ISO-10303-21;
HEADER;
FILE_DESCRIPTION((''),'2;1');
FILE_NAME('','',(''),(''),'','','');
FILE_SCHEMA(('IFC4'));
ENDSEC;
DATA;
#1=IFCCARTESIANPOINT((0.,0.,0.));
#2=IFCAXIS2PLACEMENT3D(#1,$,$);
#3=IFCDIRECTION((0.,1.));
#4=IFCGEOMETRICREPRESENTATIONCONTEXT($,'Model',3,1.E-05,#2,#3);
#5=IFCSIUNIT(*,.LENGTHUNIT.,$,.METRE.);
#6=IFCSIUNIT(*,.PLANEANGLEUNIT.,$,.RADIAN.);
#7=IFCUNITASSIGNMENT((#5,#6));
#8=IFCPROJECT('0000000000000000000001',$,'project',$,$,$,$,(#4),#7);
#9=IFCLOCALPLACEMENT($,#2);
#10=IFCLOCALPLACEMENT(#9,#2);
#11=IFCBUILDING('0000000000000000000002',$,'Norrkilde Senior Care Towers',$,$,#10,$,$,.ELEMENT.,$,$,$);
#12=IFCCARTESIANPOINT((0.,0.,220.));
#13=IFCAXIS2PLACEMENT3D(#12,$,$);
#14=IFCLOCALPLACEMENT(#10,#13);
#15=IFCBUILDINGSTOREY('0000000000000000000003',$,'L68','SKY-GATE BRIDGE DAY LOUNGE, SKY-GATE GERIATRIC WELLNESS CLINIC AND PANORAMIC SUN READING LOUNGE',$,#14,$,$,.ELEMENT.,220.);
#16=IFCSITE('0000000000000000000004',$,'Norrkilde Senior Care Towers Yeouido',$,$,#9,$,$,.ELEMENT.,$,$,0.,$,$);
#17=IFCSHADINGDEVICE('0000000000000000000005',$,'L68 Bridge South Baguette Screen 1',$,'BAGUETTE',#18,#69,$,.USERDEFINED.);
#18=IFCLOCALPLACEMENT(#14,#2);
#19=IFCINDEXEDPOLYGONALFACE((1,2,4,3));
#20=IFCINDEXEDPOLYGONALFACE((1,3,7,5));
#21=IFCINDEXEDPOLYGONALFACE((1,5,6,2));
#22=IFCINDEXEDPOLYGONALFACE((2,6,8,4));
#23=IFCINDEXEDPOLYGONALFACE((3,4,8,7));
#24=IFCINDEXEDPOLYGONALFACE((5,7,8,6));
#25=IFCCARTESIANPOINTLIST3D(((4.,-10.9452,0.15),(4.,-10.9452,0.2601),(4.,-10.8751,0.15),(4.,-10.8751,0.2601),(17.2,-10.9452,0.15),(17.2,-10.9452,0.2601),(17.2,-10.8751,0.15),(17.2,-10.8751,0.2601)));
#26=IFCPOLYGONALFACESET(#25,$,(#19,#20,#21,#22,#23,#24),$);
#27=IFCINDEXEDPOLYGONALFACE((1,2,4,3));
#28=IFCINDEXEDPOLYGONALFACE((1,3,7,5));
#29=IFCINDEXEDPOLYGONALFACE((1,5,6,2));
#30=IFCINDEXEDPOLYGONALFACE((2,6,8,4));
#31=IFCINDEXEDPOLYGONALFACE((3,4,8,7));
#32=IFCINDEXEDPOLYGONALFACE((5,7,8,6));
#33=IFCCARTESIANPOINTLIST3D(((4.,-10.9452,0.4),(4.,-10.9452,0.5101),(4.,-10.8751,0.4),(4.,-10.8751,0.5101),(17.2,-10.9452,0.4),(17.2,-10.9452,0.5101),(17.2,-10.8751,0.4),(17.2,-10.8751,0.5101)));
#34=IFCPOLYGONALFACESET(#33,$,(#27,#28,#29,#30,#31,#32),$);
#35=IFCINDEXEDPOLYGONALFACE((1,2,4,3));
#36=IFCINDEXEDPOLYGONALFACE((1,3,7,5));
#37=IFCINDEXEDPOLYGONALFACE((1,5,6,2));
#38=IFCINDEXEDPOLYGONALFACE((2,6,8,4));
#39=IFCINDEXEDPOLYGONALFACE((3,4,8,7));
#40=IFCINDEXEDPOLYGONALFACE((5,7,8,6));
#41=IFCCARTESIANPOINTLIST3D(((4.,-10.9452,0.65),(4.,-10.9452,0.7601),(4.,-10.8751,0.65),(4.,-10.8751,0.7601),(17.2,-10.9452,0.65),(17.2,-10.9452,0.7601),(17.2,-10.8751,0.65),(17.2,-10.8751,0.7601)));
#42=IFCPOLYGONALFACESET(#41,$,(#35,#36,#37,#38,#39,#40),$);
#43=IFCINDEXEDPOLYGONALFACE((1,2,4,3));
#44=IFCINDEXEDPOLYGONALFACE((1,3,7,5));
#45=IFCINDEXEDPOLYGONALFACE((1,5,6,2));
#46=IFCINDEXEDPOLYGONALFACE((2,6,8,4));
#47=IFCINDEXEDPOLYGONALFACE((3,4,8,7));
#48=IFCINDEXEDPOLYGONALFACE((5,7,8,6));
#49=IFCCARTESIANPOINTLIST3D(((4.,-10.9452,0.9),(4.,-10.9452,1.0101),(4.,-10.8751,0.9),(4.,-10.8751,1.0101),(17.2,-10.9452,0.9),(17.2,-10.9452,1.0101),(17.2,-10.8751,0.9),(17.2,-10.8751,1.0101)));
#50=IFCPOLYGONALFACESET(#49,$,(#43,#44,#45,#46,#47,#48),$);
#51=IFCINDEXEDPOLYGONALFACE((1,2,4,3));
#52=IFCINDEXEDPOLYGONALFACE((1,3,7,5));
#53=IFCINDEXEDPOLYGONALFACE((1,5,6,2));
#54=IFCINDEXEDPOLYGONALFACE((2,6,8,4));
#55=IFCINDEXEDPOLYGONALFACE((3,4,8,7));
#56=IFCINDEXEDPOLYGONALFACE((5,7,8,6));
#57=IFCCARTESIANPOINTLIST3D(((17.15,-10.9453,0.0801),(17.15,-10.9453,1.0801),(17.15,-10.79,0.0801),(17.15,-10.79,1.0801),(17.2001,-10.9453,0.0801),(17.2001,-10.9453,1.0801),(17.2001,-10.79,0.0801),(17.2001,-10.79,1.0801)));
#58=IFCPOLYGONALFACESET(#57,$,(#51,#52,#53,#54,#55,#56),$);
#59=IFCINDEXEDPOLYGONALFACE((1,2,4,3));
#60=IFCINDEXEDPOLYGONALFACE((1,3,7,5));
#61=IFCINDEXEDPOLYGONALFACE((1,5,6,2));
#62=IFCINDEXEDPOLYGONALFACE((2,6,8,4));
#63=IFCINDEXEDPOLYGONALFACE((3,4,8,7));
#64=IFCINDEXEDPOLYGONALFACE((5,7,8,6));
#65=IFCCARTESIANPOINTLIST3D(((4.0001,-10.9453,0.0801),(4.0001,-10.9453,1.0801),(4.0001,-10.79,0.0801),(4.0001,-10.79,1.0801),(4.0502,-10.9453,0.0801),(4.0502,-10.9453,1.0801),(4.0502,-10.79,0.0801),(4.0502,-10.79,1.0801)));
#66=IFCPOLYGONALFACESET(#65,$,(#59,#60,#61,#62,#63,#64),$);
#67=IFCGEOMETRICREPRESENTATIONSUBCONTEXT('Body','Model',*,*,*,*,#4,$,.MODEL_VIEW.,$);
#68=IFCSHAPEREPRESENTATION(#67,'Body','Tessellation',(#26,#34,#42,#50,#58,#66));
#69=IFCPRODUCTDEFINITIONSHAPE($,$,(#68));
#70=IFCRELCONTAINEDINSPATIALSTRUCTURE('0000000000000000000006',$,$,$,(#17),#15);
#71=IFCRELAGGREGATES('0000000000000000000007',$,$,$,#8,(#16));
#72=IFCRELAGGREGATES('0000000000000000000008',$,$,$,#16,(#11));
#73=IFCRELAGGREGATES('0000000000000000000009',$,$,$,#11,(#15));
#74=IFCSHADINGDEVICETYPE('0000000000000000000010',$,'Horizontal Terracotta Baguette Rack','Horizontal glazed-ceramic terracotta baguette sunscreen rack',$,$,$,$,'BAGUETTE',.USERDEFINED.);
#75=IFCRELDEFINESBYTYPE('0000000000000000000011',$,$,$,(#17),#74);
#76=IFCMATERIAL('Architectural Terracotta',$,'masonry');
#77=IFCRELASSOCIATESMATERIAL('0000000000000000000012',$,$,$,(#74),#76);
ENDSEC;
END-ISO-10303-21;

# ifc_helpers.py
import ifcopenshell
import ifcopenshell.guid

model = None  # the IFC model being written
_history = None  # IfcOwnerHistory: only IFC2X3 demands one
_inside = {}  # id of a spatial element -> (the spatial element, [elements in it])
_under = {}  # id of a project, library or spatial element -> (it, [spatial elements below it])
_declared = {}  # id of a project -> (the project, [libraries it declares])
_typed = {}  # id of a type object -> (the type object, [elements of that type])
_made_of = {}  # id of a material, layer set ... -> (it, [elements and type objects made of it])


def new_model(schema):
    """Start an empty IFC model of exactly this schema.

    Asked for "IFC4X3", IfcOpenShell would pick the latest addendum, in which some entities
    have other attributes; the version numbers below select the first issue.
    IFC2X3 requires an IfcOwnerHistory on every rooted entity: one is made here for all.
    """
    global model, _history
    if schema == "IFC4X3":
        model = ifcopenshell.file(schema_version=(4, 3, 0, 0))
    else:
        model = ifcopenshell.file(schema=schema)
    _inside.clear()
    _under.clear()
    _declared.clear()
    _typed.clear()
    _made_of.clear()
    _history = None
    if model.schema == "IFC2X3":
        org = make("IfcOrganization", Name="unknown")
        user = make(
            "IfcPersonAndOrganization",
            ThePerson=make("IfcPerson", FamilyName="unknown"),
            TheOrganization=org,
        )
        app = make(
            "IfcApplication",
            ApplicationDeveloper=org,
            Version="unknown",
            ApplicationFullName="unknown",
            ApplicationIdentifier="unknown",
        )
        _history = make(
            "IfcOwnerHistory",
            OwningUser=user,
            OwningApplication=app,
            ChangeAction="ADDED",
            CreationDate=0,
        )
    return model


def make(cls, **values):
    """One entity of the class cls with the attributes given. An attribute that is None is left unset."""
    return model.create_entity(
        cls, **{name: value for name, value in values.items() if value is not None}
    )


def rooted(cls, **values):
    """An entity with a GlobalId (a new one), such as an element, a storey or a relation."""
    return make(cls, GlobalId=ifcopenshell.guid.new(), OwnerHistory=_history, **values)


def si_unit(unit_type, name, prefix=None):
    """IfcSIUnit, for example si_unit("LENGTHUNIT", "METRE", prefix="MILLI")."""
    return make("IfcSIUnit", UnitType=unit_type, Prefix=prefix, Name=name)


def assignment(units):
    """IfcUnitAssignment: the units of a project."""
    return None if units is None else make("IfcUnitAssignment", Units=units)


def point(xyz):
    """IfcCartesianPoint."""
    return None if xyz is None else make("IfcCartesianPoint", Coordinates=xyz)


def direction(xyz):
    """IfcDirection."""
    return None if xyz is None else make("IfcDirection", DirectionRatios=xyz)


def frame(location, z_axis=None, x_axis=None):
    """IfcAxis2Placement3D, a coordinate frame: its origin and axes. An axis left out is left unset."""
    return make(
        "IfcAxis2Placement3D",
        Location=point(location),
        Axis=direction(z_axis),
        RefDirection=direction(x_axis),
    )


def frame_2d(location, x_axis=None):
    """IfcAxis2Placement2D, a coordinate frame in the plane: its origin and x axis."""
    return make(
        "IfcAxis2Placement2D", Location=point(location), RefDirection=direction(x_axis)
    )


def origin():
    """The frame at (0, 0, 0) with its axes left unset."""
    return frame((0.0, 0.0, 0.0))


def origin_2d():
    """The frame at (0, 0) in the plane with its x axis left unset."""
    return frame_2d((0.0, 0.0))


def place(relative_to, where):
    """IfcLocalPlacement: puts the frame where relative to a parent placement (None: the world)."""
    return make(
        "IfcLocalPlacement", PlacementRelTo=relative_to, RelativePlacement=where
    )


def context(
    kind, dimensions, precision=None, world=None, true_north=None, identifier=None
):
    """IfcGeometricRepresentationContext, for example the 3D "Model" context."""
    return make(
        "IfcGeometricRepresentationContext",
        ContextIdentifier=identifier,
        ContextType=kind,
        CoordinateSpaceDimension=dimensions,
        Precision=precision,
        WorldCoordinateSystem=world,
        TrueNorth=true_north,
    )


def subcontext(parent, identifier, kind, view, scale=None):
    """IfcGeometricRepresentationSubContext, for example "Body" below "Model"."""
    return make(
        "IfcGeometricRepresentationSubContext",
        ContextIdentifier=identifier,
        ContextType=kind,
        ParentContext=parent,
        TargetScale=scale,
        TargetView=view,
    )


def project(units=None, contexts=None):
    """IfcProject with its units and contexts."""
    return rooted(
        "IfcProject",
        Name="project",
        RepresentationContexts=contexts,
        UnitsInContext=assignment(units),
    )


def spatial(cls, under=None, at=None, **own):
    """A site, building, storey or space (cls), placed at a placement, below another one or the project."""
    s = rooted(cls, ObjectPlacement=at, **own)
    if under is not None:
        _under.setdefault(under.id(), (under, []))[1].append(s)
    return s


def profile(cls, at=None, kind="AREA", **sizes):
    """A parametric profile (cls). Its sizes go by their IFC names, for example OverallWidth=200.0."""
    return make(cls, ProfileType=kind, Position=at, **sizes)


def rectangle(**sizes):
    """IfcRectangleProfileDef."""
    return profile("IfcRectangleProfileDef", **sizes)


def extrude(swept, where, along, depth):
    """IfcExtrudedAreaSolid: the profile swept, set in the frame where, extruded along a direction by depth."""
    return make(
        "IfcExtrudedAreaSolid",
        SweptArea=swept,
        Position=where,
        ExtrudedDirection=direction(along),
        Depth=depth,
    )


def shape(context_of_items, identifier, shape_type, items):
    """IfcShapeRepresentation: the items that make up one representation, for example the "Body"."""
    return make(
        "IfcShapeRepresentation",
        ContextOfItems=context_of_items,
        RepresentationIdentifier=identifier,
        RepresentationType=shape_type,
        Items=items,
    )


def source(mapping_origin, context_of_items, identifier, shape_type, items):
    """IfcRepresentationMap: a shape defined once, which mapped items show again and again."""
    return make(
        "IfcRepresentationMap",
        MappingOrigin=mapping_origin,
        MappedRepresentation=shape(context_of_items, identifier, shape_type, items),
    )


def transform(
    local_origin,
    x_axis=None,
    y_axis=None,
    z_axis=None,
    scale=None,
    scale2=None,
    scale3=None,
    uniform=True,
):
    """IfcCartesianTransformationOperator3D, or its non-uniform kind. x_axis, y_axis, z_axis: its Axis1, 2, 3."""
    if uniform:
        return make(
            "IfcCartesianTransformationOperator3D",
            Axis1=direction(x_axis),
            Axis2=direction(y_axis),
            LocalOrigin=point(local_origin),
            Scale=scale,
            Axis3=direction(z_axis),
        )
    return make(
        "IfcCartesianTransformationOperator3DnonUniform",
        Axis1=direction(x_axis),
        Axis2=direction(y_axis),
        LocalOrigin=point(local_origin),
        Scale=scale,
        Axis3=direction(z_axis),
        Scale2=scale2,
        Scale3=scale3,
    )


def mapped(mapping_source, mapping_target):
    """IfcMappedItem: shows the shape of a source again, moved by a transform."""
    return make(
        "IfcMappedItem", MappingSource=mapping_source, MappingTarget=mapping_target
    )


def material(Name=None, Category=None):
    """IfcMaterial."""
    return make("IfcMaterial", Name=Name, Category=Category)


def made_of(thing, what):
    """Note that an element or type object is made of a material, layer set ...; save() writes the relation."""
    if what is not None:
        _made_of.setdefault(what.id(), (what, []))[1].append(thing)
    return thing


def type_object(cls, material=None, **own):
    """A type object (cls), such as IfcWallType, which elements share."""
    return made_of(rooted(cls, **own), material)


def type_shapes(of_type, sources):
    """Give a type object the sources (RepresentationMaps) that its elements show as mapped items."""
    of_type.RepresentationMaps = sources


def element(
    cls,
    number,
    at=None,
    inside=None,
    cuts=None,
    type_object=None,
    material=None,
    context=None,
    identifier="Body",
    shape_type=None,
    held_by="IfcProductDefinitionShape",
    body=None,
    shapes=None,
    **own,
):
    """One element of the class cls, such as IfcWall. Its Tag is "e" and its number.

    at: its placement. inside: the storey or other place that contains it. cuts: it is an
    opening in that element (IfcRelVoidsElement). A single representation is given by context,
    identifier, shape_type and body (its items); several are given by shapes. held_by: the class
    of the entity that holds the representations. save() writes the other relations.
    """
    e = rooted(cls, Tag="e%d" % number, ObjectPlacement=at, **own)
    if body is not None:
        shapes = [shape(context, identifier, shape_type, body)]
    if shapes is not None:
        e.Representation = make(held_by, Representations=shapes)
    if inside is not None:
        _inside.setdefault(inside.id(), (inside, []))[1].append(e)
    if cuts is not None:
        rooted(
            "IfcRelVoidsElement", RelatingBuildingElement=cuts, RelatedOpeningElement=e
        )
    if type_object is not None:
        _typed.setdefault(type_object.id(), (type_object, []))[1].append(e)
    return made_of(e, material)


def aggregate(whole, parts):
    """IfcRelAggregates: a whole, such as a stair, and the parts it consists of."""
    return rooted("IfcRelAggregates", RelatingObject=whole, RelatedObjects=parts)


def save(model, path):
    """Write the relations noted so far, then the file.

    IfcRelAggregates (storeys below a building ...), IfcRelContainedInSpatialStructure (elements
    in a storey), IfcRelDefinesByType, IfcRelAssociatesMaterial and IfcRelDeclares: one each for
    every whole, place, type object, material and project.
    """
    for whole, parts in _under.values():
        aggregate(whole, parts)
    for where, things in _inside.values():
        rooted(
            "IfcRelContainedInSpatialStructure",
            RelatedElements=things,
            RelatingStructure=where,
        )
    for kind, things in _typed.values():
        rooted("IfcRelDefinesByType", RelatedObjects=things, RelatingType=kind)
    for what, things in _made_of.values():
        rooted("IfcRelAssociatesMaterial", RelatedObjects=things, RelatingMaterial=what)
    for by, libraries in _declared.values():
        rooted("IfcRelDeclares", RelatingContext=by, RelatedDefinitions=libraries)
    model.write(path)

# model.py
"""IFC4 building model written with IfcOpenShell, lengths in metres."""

from ifc_helpers import new_model, si_unit, direction, frame, origin, origin_2d, place, context, subcontext, project, spatial, rectangle, extrude, source, transform, mapped, material, type_object, type_shapes, element, save


model = new_model("IFC4")

# Units and contexts
model_context = context("Model", 3, precision=1e-05, world=origin(), true_north=direction((0.0, 1.0)))
body_context = subcontext(model_context, "Body", "Model", "MODEL_VIEW")
ifc_project = project(units=[si_unit("LENGTHUNIT", "METRE"), si_unit("PLANEANGLEUNIT", "RADIAN")], contexts=[model_context])

# Site, building, storey
site_placement = place(None, origin())
site = spatial("IfcSite", under=ifc_project, at=site_placement, Name="Norrkilde Senior Care Towers Yeouido", CompositionType="ELEMENT", RefElevation=0.0)
building_placement = place(site_placement, origin())
building = spatial("IfcBuilding", under=site, at=building_placement, Name="Norrkilde Senior Care Towers", CompositionType="ELEMENT")
storey_placement = place(building_placement, frame((0.0, 0.0, 220.0)))
storey = spatial("IfcBuildingStorey", under=building, at=storey_placement, Name="L68", Description="SKY-GATE BRIDGE DAY LOUNGE, SKY-GATE GERIATRIC WELLNESS CLINIC AND PANORAMIC SUN READING LOUNGE", CompositionType="ELEMENT", Elevation=220.0)

# Shading device
ifc_material_1 = material(Name="Architectural Terracotta", Category="masonry")
shading_device_type = type_object("IfcShadingDeviceType", Name="Horizontal Terracotta Baguette Rack", Description="Horizontal glazed-ceramic terracotta baguette sunscreen rack", ElementType="BAGUETTE", PredefinedType="USERDEFINED", material=ifc_material_1)
shared_shape_1 = source(origin(), body_context, "Body", "SweptSolid", [
    extrude(rectangle(XDim=0.0701, YDim=0.1101, at=origin_2d()), frame((0.0, 0.0901, 0.125), z_axis=(1.0, 0.0, 0.0), x_axis=(0.0, 1.0, 0.0)), (0.0, 0.0, 1.0), 13.2),
    extrude(rectangle(XDim=0.0701, YDim=0.1101, at=origin_2d()), frame((0.0, 0.0901, 0.375), z_axis=(1.0, 0.0, 0.0), x_axis=(0.0, 1.0, 0.0)), (0.0, 0.0, 1.0), 13.2),
    extrude(rectangle(XDim=0.0701, YDim=0.1101, at=origin_2d()), frame((0.0, 0.0901, 0.625), z_axis=(1.0, 0.0, 0.0), x_axis=(0.0, 1.0, 0.0)), (0.0, 0.0, 1.0), 13.2),
    extrude(rectangle(XDim=0.0701, YDim=0.1101, at=origin_2d()), frame((0.0, 0.0901, 0.875), z_axis=(1.0, 0.0, 0.0), x_axis=(0.0, 1.0, 0.0)), (0.0, 0.0, 1.0), 13.2),
    extrude(rectangle(XDim=0.05, YDim=0.1553, at=origin_2d()), frame((0.0249, 0.0476, 0.0)), (0.0, 0.0, 1.0), 1.0),
    extrude(rectangle(XDim=0.05, YDim=0.1553, at=origin_2d()), frame((13.1748, 0.0476, 0.0)), (0.0, 0.0, 1.0), 1.0),
])
type_shapes(shading_device_type, [shared_shape_1])
shading_device_placement = place(storey_placement, frame((17.2, -10.8201, 0.0801), z_axis=(0.0, 0.0, 1.0), x_axis=(-1.0, 0.0, 0.0)))
element("IfcShadingDevice", 1, at=shading_device_placement, inside=storey, type_object=shading_device_type, Name="L68 Bridge South Baguette Screen 1", ObjectType="BAGUETTE", PredefinedType="USERDEFINED", context=body_context, shape_type="MappedRepresentation", body=[
    mapped(shared_shape_1, transform((0.0, 0.0, 0.0), x_axis=(1.0, 0.0, 0.0), y_axis=(0.0, 1.0, 0.0), z_axis=(0.0, 0.0, 1.0), scale=1.0)),
])

save(model, "model.ifc")
